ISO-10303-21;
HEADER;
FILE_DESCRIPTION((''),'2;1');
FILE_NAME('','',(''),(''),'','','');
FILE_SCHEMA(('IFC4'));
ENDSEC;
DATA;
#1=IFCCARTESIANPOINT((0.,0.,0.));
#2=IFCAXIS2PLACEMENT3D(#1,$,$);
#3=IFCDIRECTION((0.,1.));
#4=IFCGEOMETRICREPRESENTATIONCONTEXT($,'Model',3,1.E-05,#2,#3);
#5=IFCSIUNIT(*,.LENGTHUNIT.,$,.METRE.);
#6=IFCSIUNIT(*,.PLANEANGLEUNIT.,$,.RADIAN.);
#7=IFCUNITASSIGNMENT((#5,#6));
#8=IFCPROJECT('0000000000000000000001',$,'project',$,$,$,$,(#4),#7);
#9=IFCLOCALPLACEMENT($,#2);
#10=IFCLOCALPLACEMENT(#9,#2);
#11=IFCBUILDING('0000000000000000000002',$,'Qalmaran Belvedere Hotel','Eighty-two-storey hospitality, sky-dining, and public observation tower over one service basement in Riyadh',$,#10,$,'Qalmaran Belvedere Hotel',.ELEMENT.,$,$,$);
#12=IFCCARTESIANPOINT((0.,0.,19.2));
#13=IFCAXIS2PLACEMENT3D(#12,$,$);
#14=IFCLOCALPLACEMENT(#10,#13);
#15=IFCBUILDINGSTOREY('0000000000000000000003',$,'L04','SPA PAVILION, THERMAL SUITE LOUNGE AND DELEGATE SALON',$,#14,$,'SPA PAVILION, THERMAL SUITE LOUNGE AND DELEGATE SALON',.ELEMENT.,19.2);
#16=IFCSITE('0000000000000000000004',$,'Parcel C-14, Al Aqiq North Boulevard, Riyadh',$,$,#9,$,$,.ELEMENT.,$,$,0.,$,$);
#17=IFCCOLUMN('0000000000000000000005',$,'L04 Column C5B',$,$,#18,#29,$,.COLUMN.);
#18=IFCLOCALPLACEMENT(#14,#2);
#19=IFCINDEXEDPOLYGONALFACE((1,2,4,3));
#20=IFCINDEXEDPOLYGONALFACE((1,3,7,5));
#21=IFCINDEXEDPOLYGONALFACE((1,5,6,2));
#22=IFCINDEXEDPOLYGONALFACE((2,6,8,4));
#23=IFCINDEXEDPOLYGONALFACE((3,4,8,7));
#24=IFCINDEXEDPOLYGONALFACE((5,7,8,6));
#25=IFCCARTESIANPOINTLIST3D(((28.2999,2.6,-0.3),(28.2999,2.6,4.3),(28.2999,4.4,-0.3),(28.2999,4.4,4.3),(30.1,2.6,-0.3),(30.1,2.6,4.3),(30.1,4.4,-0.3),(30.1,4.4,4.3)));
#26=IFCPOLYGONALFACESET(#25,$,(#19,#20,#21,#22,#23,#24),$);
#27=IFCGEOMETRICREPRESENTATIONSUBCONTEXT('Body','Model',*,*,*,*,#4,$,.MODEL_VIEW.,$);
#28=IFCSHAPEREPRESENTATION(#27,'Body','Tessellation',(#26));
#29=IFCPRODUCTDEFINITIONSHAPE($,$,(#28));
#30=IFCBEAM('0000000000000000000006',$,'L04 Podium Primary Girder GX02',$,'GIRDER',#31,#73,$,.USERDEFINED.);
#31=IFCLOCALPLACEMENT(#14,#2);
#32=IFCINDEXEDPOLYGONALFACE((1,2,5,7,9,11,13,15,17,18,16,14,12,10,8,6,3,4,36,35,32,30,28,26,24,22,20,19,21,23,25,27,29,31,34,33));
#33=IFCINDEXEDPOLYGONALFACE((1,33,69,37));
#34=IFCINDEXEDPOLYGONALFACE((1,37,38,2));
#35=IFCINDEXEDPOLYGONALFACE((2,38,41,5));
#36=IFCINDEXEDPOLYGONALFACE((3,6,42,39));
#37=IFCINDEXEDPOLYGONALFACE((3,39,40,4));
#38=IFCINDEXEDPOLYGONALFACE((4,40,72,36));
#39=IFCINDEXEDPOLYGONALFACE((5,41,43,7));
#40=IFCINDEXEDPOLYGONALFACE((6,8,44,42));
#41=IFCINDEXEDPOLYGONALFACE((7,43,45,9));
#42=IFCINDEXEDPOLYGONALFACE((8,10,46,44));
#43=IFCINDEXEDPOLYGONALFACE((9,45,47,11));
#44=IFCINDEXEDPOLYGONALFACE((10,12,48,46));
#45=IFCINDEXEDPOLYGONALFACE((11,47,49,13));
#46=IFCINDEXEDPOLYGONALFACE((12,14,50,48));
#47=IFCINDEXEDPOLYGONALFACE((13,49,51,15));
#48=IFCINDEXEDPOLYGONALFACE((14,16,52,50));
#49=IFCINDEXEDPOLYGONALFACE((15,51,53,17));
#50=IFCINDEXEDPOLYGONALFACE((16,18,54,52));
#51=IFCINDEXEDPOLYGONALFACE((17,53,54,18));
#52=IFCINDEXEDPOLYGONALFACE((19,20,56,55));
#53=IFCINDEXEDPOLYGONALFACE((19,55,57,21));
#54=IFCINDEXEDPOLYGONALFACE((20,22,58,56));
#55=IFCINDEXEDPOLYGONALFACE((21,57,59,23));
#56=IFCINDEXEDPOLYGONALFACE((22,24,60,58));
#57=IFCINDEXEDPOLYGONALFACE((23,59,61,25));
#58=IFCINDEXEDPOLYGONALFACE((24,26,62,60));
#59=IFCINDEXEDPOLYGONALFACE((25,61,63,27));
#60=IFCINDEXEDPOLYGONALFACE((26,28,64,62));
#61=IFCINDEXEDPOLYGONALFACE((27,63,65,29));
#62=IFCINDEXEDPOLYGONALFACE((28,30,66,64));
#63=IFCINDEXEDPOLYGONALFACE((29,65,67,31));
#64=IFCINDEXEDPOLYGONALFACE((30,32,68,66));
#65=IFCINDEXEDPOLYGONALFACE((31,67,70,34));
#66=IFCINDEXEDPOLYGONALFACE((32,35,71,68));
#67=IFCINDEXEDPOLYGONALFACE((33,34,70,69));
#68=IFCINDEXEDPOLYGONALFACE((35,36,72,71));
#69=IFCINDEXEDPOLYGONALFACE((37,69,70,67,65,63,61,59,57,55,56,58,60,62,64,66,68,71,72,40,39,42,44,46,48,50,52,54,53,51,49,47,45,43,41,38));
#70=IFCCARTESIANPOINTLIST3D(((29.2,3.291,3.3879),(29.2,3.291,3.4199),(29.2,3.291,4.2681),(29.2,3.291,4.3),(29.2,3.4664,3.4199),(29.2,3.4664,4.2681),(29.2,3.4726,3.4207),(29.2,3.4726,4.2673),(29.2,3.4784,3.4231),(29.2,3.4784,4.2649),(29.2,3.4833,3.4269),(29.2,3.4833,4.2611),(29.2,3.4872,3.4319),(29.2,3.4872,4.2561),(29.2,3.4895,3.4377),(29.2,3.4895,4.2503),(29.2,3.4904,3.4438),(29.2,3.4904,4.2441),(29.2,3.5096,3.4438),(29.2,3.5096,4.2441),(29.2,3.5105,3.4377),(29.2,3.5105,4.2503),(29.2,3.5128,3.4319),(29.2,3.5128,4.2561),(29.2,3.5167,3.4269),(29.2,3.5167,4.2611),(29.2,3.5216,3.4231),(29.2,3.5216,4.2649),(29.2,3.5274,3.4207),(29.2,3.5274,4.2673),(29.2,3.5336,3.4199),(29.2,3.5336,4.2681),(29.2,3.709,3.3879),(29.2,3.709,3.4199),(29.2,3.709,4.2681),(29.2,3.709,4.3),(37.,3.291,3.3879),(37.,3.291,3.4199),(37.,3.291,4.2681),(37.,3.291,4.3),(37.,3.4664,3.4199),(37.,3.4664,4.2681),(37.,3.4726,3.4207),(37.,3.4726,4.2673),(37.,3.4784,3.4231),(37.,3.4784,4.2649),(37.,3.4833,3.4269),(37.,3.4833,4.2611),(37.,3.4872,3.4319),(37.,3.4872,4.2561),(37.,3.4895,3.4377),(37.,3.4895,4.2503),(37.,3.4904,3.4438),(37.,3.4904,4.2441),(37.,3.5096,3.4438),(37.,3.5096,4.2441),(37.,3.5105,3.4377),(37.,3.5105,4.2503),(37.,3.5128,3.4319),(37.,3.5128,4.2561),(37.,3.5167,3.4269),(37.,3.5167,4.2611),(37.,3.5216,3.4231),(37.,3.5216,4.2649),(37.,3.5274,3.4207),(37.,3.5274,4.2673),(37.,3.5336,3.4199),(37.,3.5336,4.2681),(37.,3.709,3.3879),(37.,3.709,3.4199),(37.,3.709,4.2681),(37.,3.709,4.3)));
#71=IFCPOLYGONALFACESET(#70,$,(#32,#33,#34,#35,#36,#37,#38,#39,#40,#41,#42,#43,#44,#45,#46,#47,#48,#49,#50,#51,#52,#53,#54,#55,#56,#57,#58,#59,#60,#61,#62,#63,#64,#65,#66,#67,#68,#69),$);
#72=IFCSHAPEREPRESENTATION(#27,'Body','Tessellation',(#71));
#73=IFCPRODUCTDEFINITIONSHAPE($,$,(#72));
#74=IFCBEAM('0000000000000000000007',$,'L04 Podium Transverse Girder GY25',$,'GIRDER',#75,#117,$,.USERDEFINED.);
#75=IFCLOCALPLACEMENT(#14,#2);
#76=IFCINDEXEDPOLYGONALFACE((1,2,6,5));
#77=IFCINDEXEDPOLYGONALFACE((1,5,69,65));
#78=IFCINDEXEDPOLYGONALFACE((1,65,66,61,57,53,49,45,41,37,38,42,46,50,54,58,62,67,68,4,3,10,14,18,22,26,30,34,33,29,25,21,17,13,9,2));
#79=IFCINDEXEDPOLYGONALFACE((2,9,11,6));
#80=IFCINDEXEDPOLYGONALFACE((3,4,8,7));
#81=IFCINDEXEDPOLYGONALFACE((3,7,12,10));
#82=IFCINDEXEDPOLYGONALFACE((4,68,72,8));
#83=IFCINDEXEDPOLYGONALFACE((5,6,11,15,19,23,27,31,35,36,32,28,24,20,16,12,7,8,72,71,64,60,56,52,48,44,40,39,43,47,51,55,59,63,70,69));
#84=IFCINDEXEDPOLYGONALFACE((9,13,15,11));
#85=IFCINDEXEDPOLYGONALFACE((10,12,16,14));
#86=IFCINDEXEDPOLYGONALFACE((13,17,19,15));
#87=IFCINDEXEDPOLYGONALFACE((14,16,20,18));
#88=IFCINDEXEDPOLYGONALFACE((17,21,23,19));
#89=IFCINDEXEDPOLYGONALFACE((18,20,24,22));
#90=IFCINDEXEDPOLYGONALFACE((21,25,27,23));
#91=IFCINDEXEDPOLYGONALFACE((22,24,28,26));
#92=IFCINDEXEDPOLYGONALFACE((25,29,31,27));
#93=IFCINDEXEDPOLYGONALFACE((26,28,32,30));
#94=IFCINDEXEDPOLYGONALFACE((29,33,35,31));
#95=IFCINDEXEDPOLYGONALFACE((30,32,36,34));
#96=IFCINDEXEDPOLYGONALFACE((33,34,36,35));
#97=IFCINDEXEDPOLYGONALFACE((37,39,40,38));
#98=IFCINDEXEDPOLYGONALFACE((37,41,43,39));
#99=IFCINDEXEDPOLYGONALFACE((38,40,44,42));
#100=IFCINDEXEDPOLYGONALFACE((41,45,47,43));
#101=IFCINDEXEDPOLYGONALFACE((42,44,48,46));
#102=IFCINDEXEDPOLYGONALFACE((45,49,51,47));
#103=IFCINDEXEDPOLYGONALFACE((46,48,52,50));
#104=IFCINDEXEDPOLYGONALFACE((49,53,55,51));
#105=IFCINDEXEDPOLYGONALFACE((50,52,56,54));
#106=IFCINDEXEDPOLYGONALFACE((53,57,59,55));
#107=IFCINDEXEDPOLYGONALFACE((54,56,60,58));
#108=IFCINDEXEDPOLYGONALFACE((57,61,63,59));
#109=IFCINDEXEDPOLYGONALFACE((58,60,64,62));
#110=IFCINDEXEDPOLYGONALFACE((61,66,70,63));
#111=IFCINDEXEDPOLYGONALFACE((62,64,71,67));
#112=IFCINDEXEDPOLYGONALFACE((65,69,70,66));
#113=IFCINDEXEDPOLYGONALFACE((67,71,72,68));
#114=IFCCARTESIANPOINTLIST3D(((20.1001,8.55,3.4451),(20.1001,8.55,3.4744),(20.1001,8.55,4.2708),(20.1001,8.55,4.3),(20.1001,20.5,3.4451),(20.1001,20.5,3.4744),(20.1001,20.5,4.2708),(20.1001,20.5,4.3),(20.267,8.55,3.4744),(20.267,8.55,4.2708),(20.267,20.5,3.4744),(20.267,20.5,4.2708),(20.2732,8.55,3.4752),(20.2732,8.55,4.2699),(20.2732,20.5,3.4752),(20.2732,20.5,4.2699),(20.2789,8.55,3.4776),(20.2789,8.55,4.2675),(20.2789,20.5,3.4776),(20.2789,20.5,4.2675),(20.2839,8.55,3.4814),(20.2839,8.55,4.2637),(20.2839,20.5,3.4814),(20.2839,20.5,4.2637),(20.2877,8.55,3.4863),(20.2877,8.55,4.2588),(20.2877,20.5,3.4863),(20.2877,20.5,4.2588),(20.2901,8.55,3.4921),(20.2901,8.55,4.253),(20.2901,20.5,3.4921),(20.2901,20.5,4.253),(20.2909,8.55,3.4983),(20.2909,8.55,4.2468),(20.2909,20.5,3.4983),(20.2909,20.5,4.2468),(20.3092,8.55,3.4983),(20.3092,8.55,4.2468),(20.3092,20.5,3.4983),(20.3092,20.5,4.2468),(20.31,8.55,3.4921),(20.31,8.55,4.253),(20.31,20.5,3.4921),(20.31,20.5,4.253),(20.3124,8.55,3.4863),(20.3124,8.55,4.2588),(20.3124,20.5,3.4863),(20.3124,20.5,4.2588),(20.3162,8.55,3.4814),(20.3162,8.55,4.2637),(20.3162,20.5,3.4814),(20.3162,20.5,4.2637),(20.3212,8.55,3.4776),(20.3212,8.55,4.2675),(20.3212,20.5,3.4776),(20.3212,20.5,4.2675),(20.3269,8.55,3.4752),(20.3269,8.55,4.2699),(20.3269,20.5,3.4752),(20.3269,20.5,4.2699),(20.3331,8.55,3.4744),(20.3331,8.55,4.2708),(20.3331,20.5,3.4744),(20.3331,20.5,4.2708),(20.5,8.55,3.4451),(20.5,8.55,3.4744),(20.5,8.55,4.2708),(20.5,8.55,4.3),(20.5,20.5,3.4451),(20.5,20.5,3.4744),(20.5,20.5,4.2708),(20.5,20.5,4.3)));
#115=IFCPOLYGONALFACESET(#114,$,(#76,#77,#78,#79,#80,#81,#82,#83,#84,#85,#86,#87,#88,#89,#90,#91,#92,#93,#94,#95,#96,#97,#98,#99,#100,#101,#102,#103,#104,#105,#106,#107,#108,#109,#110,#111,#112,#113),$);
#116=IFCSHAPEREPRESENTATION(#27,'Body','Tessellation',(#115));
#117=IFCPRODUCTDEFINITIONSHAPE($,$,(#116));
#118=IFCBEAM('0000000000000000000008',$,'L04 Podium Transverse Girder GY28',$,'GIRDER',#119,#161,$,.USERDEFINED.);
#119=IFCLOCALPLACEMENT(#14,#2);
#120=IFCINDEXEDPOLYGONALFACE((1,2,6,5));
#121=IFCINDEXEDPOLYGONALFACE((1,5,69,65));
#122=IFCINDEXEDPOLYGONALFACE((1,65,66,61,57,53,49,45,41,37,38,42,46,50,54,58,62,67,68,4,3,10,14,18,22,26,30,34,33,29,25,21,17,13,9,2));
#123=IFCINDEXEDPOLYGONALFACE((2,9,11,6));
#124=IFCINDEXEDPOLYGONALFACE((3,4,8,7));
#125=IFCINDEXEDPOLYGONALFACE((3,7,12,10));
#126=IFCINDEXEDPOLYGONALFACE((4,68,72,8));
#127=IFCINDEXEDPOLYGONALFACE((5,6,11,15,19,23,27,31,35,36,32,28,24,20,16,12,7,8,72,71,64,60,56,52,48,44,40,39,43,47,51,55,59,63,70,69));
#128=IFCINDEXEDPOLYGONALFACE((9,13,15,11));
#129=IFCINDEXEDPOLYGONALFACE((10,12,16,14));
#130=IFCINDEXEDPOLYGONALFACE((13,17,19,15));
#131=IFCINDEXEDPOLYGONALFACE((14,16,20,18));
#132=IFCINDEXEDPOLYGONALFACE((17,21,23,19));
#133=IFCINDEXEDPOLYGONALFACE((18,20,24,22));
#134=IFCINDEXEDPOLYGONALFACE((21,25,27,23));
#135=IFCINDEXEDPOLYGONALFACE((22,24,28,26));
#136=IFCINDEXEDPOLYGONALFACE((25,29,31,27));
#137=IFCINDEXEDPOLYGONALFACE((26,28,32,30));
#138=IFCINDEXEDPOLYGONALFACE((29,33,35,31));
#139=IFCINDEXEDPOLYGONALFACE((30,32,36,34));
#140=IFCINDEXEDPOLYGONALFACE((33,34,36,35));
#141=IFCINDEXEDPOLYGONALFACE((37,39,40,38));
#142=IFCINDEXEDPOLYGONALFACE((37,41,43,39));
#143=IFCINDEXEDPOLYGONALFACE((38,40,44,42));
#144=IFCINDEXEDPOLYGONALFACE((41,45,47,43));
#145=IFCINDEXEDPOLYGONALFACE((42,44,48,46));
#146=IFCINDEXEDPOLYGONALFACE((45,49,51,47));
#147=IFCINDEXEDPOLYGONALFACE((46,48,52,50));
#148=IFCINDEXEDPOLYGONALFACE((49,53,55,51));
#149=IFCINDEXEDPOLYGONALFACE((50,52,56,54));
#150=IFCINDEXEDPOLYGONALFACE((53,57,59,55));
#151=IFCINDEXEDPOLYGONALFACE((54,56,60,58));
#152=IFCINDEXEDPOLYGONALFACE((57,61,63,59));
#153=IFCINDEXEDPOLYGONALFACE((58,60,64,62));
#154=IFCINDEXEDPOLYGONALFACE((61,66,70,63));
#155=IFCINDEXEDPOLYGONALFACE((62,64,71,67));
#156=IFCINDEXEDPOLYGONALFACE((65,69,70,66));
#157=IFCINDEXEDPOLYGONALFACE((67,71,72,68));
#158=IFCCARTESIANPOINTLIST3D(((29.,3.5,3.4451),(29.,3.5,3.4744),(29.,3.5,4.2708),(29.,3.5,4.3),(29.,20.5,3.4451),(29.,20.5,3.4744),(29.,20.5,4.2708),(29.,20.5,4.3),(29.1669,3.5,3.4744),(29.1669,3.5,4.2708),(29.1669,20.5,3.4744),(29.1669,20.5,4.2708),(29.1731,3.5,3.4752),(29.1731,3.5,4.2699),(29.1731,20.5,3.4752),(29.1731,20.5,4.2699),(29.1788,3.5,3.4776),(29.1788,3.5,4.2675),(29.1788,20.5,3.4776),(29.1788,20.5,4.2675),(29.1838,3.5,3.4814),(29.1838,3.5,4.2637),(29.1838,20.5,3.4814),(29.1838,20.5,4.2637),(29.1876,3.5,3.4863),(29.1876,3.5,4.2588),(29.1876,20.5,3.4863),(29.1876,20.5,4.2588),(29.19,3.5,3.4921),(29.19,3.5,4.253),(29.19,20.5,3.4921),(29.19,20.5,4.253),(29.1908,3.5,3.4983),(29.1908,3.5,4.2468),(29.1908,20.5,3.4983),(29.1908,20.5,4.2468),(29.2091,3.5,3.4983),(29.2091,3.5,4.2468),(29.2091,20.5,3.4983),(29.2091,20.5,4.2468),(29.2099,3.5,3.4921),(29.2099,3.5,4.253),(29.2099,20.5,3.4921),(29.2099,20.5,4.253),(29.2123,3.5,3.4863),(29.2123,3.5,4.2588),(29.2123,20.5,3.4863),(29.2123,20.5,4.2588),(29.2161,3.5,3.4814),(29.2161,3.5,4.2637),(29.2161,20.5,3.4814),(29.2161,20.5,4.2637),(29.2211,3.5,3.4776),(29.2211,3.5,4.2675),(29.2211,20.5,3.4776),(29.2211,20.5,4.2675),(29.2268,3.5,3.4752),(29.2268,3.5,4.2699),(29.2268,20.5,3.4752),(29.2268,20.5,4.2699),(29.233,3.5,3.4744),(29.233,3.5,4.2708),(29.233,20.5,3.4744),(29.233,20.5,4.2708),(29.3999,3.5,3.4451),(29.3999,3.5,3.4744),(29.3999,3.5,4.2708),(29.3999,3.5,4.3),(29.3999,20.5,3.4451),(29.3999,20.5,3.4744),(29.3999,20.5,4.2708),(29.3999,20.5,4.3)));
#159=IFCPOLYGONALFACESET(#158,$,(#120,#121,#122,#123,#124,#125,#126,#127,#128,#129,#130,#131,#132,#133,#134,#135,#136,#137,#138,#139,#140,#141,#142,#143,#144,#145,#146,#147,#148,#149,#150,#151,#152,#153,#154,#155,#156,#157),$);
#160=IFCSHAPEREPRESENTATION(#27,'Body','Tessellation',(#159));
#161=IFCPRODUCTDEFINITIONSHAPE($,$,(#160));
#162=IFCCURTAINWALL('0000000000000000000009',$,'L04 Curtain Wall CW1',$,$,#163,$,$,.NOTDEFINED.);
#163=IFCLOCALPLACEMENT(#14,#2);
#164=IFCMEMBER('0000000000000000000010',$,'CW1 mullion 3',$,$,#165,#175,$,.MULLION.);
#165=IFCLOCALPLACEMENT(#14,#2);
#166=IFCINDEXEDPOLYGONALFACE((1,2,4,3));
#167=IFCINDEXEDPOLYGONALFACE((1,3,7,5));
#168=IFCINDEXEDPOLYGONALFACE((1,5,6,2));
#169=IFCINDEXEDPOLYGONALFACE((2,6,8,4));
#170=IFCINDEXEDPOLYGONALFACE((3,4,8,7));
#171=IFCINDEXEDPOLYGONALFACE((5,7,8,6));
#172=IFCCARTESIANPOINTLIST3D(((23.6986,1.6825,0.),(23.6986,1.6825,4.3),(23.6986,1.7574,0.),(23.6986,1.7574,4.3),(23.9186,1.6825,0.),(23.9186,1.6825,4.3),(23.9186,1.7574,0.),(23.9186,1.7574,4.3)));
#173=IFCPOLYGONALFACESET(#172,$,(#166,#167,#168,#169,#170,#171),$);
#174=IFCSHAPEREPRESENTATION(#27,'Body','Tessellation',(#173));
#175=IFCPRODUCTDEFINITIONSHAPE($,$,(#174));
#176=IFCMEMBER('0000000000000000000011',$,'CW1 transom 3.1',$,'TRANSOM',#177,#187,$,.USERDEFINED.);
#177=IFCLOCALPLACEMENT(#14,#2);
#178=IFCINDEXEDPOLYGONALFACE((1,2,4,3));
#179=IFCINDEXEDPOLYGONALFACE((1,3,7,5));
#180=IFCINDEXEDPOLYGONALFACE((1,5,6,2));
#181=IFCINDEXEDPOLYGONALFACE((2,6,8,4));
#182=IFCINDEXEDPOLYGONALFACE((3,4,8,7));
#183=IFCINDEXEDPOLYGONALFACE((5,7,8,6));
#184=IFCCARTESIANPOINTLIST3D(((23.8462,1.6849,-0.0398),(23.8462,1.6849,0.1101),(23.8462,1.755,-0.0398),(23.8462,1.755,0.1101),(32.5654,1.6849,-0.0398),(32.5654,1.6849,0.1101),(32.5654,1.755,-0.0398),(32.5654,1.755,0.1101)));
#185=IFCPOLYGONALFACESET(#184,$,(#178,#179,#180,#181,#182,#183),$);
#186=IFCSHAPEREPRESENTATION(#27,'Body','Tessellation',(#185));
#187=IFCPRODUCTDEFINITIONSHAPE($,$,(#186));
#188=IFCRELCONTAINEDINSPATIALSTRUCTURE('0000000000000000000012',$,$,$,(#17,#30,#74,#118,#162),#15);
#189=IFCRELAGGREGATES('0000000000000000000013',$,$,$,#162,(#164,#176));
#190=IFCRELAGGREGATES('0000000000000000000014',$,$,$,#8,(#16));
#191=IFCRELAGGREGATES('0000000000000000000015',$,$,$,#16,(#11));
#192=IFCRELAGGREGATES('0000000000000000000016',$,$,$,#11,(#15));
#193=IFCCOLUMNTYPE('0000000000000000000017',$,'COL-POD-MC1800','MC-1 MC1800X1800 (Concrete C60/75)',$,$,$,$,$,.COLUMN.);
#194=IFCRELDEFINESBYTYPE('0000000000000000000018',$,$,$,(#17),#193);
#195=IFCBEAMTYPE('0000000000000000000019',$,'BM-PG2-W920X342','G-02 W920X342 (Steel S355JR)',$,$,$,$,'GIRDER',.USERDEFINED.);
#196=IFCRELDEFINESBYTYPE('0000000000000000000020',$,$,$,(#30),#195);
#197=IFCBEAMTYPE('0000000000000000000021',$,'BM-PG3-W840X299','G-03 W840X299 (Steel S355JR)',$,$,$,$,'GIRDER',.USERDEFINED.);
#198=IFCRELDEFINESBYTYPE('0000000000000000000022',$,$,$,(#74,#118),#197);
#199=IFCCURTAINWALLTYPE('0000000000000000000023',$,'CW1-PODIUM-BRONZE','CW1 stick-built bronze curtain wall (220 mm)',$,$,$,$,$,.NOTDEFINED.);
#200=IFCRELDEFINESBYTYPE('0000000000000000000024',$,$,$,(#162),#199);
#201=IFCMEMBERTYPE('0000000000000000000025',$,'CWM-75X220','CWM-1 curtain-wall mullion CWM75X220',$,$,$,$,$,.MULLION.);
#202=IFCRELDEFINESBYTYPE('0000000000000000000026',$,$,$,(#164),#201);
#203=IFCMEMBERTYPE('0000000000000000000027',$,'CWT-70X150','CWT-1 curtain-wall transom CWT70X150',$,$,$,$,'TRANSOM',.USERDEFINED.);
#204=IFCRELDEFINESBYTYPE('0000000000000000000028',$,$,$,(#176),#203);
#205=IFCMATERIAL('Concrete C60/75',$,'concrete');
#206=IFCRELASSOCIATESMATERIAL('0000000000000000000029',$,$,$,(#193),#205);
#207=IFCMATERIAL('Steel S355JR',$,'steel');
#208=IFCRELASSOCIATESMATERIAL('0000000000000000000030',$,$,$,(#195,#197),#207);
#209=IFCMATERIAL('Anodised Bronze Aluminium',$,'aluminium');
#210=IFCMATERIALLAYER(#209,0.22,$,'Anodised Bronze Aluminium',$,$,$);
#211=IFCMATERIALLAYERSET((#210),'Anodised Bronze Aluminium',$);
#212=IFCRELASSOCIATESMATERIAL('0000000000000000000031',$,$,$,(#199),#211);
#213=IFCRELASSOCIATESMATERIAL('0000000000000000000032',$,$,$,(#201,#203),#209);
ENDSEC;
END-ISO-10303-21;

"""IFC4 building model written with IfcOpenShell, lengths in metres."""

from ifc_helpers import new_model, si_unit, direction, frame, origin, origin_2d, place, context, subcontext, project, spatial, rectangle, i_section, extrude, material, layer, layer_set, material_profile, profile_set, type_object, element, aggregate, save


model = new_model("IFC4")

# Units and contexts
model_context = context("Model", 3, precision=1e-05, world=origin(), true_north=direction((0.0, 1.0)))
body_context = subcontext(model_context, "Body", "Model", "MODEL_VIEW")
ifc_project = project(units=[si_unit("LENGTHUNIT", "METRE"), si_unit("PLANEANGLEUNIT", "RADIAN")], contexts=[model_context])

# Site, building, storey
site_placement = place(None, origin())
site = spatial("IfcSite", under=ifc_project, at=site_placement, Name="Parcel C-14, Al Aqiq North Boulevard, Riyadh", CompositionType="ELEMENT", RefElevation=0.0)
building_placement = place(site_placement, origin())
building = spatial("IfcBuilding", under=site, at=building_placement, Name="Qalmaran Belvedere Hotel", Description="Eighty-two-storey hospitality, sky-dining, and public observation tower over one service basement in Riyadh", LongName="Qalmaran Belvedere Hotel", CompositionType="ELEMENT")
storey_placement = place(building_placement, frame((0.0, 0.0, 19.2)))
storey = spatial("IfcBuildingStorey", under=building, at=storey_placement, Name="L04", Description="SPA PAVILION, THERMAL SUITE LOUNGE AND DELEGATE SALON", LongName="SPA PAVILION, THERMAL SUITE LOUNGE AND DELEGATE SALON", CompositionType="ELEMENT", Elevation=19.2)

# Column
ifc_material_1 = material(Name="Concrete C60/75", Category="concrete")
ifc_material_profile_1 = material_profile(ifc_material_1, rectangle(XDim=1.8, YDim=1.8, at=origin_2d()), Name="MC1800X1800")
ifc_profile_set_1 = profile_set([ifc_material_profile_1], Name="Concrete C60/75")
column_type = type_object("IfcColumnType", Name="COL-POD-MC1800", Description="MC-1 MC1800X1800 (Concrete C60/75)", PredefinedType="COLUMN", material=ifc_profile_set_1)
column_placement = place(storey_placement, frame((29.2, 3.5, -0.3), z_axis=(0.0, 0.0, 1.0), x_axis=(1.0, 0.0, 0.0)))
element("IfcColumn", 1, at=column_placement, inside=storey, type_object=column_type, Name="L04 Column C5B", PredefinedType="COLUMN", context=body_context, shape_type="SweptSolid", body=[
    extrude(rectangle(XDim=1.8, YDim=1.8, at=origin_2d()), origin(), (0.0, 0.0, 1.0), 4.6001),
])

# Beams
ifc_material_2 = material(Name="Steel S355JR", Category="steel")
ifc_material_profile_2 = material_profile(ifc_material_2, i_section(OverallWidth=0.418, OverallDepth=0.9121, WebThickness=0.0193, FlangeThickness=0.032, FilletRadius=0.0239, at=origin_2d()), Name="W920X342")
ifc_profile_set_2 = profile_set([ifc_material_profile_2], Name="Steel S355JR")
beam_type_1 = type_object("IfcBeamType", Name="BM-PG2-W920X342", Description="G-02 W920X342 (Steel S355JR)", ElementType="GIRDER", PredefinedType="USERDEFINED", material=ifc_profile_set_2)
beam_1_placement = place(storey_placement, frame((29.2, 3.5, 3.844), z_axis=(1.0, 0.0, 0.0), x_axis=(0.0, 1.0, 0.0)))
element("IfcBeam", 2, at=beam_1_placement, inside=storey, type_object=beam_type_1, Name="L04 Podium Primary Girder GX02", ObjectType="GIRDER", PredefinedType="USERDEFINED", context=body_context, shape_type="SweptSolid", body=[
    extrude(i_section(OverallWidth=0.418, OverallDepth=0.9121, WebThickness=0.0193, FlangeThickness=0.032, FilletRadius=0.0239, at=origin_2d()), origin(), (0.0, 0.0, 1.0), 7.8),
])
ifc_material_profile_3 = material_profile(ifc_material_2, i_section(OverallWidth=0.3999, OverallDepth=0.855, WebThickness=0.0183, FlangeThickness=0.0293, FilletRadius=0.0239, at=origin_2d()), Name="W840X299")
ifc_profile_set_3 = profile_set([ifc_material_profile_3], Name="Steel S355JR")
beam_type_2 = type_object("IfcBeamType", Name="BM-PG3-W840X299", Description="G-03 W840X299 (Steel S355JR)", ElementType="GIRDER", PredefinedType="USERDEFINED", material=ifc_profile_set_3)
beam_2_placement = place(storey_placement, frame((20.3, 8.55, 3.8726), z_axis=(0.0, 1.0, 0.0), x_axis=(-1.0, 0.0, 0.0)))
element("IfcBeam", 3, at=beam_2_placement, inside=storey, type_object=beam_type_2, Name="L04 Podium Transverse Girder GY25", ObjectType="GIRDER", PredefinedType="USERDEFINED", context=body_context, shape_type="SweptSolid", body=[
    extrude(i_section(OverallWidth=0.3999, OverallDepth=0.855, WebThickness=0.0183, FlangeThickness=0.0293, FilletRadius=0.0239, at=origin_2d()), origin(), (0.0, 0.0, 1.0), 11.95),
])
beam_3_placement = place(storey_placement, frame((29.2, 3.5, 3.8726), z_axis=(0.0, 1.0, 0.0), x_axis=(-1.0, 0.0, 0.0)))
element("IfcBeam", 4, at=beam_3_placement, inside=storey, type_object=beam_type_2, Name="L04 Podium Transverse Girder GY28", ObjectType="GIRDER", PredefinedType="USERDEFINED", context=body_context, shape_type="SweptSolid", body=[
    extrude(i_section(OverallWidth=0.3999, OverallDepth=0.855, WebThickness=0.0183, FlangeThickness=0.0293, FilletRadius=0.0239, at=origin_2d()), origin(), (0.0, 0.0, 1.0), 17.0),
])

# Curtain wall, members
ifc_material_3 = material(Name="Anodised Bronze Aluminium", Category="aluminium")
ifc_layer_1 = layer(ifc_material_3, 0.22, Name="Anodised Bronze Aluminium")
ifc_layer_set_1 = layer_set([ifc_layer_1], Name="Anodised Bronze Aluminium")
curtain_wall_type = type_object("IfcCurtainWallType", Name="CW1-PODIUM-BRONZE", Description="CW1 stick-built bronze curtain wall (220 mm)", PredefinedType="NOTDEFINED", material=ifc_layer_set_1)
curtain_wall_placement = place(storey_placement, origin())
curtain_wall = element("IfcCurtainWall", 5, at=curtain_wall_placement, inside=storey, type_object=curtain_wall_type, Name="L04 Curtain Wall CW1", PredefinedType="NOTDEFINED")
ifc_material_profile_4 = material_profile(ifc_material_3, rectangle(XDim=0.075, YDim=0.22, at=origin_2d()), Name="CWM75X220")
ifc_profile_set_4 = profile_set([ifc_material_profile_4], Name="Anodised Bronze Aluminium")
member_type_1 = type_object("IfcMemberType", Name="CWM-75X220", Description="CWM-1 curtain-wall mullion CWM75X220", PredefinedType="MULLION", material=ifc_profile_set_4)
member_1_placement = place(storey_placement, frame((23.8086, 1.72, 0.0), z_axis=(0.0, 0.0, 1.0), x_axis=(0.0, 1.0, 0.0)))
member_1 = element("IfcMember", 6, at=member_1_placement, type_object=member_type_1, Name="CW1 mullion 3", PredefinedType="MULLION", context=body_context, shape_type="SweptSolid", body=[
    extrude(rectangle(XDim=0.075, YDim=0.22, at=origin_2d()), origin(), (0.0, 0.0, 1.0), 4.3),
])
ifc_material_profile_5 = material_profile(ifc_material_3, rectangle(XDim=0.0701, YDim=0.1499, at=origin_2d()), Name="CWT70X150")
ifc_profile_set_5 = profile_set([ifc_material_profile_5], Name="Anodised Bronze Aluminium")
member_type_2 = type_object("IfcMemberType", Name="CWT-70X150", Description="CWT-1 curtain-wall transom CWT70X150", ElementType="TRANSOM", PredefinedType="USERDEFINED", material=ifc_profile_set_5)
member_2_placement = place(storey_placement, frame((23.8462, 1.72, 0.0352), z_axis=(1.0, 0.0, 0.0), x_axis=(0.0, 1.0, 0.0)))
member_2 = element("IfcMember", 7, at=member_2_placement, type_object=member_type_2, Name="CW1 transom 3.1", ObjectType="TRANSOM", PredefinedType="USERDEFINED", context=body_context, shape_type="SweptSolid", body=[
    extrude(rectangle(XDim=0.0701, YDim=0.1499, at=origin_2d()), origin(), (0.0, 0.0, 1.0), 8.7192),
])
aggregate(curtain_wall, [member_1, member_2])

save(model, "model.ifc")
